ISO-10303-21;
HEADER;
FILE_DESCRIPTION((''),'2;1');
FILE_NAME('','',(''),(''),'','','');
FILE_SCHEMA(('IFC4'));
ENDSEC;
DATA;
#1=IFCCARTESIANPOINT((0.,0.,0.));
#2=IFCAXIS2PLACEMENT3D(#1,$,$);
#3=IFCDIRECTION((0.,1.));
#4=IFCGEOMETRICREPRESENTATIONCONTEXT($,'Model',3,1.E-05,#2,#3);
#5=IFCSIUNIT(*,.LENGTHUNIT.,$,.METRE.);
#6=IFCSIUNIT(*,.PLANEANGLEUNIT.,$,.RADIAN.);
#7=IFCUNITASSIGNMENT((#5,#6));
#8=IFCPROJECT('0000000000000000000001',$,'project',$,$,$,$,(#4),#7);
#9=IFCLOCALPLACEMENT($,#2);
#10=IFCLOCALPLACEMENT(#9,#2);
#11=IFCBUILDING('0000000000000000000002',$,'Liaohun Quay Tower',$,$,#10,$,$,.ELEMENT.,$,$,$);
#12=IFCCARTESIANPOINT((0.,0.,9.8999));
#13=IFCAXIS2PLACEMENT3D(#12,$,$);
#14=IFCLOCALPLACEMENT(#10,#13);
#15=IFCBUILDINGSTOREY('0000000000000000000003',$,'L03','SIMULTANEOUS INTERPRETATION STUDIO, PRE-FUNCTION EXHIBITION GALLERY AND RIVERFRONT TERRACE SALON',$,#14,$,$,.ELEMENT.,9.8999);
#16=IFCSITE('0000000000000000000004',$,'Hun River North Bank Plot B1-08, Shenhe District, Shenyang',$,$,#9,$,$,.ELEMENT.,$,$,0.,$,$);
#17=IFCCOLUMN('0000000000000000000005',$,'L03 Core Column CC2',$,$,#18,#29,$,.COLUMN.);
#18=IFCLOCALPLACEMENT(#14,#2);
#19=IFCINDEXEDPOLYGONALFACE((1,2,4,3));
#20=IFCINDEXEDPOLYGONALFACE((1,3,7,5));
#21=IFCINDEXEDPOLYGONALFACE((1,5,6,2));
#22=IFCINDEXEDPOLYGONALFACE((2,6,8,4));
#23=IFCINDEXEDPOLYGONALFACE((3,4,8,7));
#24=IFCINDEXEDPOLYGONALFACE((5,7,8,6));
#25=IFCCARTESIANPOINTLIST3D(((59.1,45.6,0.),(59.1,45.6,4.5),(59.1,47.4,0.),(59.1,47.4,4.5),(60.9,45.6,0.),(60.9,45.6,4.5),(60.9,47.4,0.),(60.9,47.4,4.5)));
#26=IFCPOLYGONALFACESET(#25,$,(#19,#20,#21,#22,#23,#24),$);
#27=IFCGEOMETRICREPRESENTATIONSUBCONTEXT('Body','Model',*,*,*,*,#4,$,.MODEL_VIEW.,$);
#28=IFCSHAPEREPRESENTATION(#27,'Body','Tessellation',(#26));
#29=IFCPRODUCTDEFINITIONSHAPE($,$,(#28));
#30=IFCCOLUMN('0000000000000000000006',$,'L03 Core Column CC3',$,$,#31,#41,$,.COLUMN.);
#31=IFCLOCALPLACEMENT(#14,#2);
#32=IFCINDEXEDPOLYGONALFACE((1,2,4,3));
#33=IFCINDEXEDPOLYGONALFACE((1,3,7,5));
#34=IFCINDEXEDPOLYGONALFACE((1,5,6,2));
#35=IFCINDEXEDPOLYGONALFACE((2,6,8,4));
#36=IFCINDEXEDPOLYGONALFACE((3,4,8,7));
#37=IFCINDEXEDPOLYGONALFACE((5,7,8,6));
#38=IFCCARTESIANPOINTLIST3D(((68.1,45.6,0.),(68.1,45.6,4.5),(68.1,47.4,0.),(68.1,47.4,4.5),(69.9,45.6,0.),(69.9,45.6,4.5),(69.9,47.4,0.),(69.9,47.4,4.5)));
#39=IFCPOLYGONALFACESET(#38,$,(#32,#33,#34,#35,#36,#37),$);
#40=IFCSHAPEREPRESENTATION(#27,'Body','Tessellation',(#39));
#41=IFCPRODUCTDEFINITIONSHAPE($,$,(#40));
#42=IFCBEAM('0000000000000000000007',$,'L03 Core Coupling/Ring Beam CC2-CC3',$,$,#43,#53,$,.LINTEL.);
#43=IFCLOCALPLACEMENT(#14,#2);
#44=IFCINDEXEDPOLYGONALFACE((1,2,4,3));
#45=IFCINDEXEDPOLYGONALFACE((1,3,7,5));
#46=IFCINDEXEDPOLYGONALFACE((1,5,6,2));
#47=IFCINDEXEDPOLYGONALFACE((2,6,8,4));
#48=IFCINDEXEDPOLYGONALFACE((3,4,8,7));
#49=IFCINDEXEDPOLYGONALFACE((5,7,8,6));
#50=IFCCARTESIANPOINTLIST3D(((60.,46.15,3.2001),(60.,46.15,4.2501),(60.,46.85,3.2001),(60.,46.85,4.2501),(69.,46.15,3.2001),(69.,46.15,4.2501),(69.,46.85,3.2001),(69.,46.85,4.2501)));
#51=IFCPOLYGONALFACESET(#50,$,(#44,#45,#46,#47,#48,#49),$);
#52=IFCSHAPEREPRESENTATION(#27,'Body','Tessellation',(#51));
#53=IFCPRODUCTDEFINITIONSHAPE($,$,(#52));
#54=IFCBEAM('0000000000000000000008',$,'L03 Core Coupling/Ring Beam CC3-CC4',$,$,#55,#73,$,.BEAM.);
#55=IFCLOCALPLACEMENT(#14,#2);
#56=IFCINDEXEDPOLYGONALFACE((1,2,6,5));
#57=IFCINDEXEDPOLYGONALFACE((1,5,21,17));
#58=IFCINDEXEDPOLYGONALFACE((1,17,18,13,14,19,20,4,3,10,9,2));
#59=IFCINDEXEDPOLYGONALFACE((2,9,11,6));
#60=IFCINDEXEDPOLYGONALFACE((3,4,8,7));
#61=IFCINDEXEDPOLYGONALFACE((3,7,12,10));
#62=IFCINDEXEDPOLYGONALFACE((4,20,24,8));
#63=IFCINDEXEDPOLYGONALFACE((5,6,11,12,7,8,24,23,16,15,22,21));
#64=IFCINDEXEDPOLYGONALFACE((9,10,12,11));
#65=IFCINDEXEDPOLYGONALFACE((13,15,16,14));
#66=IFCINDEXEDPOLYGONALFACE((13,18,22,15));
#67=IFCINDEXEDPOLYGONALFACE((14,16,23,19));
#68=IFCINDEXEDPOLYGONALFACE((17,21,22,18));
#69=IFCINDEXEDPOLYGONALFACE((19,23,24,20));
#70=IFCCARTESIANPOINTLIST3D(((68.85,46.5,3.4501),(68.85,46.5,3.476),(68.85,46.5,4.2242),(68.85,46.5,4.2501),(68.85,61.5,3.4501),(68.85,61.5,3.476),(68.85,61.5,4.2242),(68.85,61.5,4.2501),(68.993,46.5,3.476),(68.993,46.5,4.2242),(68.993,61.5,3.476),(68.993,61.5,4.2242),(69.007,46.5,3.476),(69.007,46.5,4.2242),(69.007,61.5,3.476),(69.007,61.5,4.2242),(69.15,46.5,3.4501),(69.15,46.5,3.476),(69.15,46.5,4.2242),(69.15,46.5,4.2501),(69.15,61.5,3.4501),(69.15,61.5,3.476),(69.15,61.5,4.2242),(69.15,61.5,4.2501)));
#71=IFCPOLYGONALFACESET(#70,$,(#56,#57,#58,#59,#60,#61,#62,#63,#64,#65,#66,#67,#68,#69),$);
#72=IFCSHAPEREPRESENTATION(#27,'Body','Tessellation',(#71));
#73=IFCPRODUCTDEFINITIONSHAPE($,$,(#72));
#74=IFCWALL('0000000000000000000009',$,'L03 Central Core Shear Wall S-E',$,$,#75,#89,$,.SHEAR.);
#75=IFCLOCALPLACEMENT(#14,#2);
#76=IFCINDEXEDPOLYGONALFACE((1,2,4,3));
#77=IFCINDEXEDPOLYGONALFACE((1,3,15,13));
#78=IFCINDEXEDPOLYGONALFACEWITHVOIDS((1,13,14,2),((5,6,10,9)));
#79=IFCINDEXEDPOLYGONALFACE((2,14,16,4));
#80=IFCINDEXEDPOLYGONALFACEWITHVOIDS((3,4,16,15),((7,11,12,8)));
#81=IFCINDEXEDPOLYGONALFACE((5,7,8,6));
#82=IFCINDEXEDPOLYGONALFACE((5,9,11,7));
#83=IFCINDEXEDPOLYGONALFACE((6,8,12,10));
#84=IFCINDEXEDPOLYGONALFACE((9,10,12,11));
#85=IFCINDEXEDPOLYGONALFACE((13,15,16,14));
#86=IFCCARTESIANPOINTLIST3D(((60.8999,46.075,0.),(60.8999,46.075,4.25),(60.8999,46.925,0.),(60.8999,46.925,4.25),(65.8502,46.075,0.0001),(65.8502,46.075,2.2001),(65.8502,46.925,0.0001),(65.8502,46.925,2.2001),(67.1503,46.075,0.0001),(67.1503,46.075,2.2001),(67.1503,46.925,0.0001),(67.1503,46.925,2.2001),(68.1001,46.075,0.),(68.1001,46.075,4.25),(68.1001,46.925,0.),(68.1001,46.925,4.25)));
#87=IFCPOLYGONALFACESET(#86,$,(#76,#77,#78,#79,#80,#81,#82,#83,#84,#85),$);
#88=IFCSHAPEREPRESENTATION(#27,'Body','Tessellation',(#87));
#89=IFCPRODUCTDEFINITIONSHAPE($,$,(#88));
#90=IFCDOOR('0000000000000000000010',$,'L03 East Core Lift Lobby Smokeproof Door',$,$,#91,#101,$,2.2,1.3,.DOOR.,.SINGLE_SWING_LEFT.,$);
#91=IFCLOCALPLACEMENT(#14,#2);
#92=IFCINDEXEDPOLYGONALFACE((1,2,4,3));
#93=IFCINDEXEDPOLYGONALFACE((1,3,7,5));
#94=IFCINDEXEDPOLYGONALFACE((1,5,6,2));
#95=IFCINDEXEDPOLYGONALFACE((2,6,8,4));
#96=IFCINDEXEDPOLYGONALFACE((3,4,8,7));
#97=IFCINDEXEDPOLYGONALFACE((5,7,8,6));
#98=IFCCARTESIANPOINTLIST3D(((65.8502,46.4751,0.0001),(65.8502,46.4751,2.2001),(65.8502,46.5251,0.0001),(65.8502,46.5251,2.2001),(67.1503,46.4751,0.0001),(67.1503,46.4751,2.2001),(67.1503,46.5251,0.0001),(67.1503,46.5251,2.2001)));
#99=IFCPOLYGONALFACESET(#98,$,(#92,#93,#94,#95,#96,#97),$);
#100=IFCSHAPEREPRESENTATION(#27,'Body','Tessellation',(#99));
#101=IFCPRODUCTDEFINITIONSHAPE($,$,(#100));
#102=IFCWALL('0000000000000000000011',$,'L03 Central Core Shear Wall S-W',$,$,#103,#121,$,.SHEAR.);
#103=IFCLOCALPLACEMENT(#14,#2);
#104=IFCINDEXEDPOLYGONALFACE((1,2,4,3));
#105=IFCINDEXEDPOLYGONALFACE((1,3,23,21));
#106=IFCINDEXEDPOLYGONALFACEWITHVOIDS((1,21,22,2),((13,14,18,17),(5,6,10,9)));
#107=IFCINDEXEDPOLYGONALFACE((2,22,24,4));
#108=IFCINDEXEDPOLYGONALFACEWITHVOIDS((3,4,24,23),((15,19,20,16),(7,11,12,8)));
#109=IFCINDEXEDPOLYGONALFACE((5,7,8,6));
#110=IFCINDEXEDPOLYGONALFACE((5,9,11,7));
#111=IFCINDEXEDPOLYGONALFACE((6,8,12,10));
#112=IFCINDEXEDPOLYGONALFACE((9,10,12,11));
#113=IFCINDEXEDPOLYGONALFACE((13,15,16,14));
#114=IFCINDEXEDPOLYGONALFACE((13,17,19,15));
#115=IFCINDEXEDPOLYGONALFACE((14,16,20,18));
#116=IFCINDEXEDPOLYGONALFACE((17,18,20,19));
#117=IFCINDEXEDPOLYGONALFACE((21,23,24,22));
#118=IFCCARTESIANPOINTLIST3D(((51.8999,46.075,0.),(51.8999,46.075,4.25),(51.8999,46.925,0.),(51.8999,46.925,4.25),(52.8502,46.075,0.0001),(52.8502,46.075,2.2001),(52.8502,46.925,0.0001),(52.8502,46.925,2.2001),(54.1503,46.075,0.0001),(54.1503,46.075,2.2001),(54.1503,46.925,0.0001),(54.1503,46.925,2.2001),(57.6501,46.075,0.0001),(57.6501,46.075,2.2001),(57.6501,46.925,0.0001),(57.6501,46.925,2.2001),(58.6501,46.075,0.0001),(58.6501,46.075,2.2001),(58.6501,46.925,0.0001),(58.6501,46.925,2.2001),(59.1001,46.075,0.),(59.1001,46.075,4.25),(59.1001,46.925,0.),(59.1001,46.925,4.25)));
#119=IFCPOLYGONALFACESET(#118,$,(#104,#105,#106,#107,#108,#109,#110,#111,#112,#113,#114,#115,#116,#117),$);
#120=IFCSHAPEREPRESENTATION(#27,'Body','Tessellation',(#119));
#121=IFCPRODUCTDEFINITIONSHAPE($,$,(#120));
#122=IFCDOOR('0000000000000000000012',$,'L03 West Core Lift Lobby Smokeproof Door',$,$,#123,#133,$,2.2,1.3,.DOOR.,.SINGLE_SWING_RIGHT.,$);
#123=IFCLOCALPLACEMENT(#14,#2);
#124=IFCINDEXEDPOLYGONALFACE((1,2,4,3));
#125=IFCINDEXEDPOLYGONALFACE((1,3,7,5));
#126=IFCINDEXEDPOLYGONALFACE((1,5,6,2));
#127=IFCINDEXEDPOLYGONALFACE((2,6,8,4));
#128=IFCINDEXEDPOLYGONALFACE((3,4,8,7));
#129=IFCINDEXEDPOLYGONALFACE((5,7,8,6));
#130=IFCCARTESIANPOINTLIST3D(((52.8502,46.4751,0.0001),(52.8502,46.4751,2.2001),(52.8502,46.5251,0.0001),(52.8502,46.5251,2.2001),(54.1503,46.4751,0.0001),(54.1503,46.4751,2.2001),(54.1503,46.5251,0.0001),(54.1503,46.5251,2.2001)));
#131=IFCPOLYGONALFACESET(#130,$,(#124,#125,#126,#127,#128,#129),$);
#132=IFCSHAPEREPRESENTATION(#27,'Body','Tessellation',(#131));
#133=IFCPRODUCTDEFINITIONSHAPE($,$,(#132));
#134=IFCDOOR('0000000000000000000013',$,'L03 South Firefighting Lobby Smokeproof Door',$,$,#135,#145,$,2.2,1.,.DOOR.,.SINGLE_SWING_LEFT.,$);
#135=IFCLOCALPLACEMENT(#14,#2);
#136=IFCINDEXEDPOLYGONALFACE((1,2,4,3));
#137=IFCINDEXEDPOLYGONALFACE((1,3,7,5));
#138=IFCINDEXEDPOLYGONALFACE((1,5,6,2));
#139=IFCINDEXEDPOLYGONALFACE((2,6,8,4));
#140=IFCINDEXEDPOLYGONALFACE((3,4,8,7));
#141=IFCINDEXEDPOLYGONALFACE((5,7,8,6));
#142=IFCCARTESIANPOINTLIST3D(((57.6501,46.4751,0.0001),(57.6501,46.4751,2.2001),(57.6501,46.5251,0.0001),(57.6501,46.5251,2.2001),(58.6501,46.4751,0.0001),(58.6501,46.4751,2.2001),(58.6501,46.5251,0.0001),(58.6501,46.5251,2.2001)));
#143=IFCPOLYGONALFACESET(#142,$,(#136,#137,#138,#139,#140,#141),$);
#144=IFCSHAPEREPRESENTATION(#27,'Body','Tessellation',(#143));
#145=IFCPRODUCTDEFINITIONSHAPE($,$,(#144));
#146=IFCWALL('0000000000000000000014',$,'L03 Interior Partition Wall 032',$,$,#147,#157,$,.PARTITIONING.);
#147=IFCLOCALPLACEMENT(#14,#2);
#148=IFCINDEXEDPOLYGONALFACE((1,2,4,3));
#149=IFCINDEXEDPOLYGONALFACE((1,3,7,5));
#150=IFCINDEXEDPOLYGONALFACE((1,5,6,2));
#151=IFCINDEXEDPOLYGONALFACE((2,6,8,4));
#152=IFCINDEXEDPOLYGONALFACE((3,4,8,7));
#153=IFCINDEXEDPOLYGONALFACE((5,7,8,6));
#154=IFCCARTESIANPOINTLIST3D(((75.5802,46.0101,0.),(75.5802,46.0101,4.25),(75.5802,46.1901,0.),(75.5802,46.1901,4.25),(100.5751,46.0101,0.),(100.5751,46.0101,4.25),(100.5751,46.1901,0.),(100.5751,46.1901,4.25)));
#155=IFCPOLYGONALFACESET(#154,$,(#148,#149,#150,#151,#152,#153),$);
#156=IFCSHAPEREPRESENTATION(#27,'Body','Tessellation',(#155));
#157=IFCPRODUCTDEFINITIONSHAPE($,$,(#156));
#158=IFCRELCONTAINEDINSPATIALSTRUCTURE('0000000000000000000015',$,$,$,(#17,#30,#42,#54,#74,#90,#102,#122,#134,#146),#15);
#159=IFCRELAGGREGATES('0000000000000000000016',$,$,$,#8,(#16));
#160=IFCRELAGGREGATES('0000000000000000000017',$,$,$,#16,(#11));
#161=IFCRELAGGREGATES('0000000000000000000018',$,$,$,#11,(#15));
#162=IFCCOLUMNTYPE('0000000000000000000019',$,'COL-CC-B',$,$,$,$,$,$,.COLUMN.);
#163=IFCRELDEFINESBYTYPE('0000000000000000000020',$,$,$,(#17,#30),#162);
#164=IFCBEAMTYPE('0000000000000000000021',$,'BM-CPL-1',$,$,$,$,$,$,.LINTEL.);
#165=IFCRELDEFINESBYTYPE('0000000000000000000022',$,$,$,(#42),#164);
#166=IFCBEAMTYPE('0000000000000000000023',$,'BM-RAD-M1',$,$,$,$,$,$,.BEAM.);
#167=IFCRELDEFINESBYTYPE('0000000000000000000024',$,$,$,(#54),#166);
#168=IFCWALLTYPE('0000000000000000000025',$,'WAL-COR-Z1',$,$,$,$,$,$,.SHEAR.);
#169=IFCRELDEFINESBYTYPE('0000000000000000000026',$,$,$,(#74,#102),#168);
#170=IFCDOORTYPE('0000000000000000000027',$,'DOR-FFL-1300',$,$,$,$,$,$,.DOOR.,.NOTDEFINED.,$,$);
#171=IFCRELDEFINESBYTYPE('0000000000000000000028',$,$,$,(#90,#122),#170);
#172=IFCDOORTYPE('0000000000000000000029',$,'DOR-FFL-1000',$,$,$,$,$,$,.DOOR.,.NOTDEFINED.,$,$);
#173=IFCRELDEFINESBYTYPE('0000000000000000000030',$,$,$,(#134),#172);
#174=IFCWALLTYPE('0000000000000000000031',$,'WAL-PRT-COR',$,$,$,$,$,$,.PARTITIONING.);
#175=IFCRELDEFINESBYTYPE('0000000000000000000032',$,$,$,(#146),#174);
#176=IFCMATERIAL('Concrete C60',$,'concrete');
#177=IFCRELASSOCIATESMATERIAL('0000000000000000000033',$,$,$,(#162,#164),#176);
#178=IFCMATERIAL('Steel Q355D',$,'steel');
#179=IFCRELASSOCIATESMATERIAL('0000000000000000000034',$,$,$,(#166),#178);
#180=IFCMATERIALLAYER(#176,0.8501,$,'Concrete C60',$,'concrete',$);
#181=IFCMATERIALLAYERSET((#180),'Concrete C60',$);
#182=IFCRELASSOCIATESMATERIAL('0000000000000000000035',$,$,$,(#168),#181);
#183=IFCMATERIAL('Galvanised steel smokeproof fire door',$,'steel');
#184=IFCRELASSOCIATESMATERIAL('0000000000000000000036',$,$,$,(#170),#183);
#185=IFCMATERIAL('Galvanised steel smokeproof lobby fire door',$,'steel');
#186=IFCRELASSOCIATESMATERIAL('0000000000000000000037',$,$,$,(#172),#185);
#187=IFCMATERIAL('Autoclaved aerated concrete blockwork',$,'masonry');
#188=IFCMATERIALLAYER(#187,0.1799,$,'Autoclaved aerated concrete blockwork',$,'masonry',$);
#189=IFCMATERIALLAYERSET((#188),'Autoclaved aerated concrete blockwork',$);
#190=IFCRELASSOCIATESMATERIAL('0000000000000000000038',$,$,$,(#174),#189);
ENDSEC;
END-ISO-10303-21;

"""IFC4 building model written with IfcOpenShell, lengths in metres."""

from ifc_helpers import new_model, si_unit, direction, frame, frame_2d, origin, origin_2d, place, context, subcontext, project, spatial, rectangle, i_section, extrude, source, transform, mapped, material, layer, layer_set, material_profile, profile_set, type_object, element, fill, save


model = new_model("IFC4")

# Units and contexts
model_context = context("Model", 3, precision=1e-05, world=origin(), true_north=direction((0.0, 1.0)))
body_context = subcontext(model_context, "Body", "Model", "MODEL_VIEW")
ifc_project = project(units=[si_unit("LENGTHUNIT", "METRE"), si_unit("PLANEANGLEUNIT", "RADIAN")], contexts=[model_context])

# Site, building, storey
site_placement = place(None, origin())
site = spatial("IfcSite", under=ifc_project, at=site_placement, Name="Hun River North Bank Plot B1-08, Shenhe District, Shenyang", CompositionType="ELEMENT", RefElevation=0.0)
building_placement = place(site_placement, origin())
building = spatial("IfcBuilding", under=site, at=building_placement, Name="Liaohun Quay Tower", CompositionType="ELEMENT")
storey_placement = place(building_placement, frame((0.0, 0.0, 9.8999)))
storey = spatial("IfcBuildingStorey", under=building, at=storey_placement, Name="L03", Description="SIMULTANEOUS INTERPRETATION STUDIO, PRE-FUNCTION EXHIBITION GALLERY AND RIVERFRONT TERRACE SALON", CompositionType="ELEMENT", Elevation=9.8999)

# Columns
ifc_material_1 = material(Name="Concrete C60", Category="concrete")
ifc_material_profile_1 = material_profile(ifc_material_1, rectangle(XDim=1.8, YDim=1.8, at=origin_2d()), Name="RC1800x1800")
ifc_profile_set_1 = profile_set([ifc_material_profile_1], Name="Concrete C60")
column_type = type_object("IfcColumnType", Name="COL-CC-B", PredefinedType="COLUMN", material=ifc_profile_set_1)
shared_shape_1 = source(origin(), body_context, "Body", "SweptSolid", [
    extrude(rectangle(XDim=1.8, YDim=1.8, at=origin_2d()), origin(), (0.0, 0.0, 1.0), 4.5),
])
for number, where, z_axis, x_axis, name in (
    (1, (60.0, 46.5, 0.0), (0.0, 0.0, 1.0), (1.0, 0.0, 0.0), "L03 Core Column CC2"),
    (2, (69.0, 46.5, 0.0), (0.0, 0.0, 1.0), (1.0, 0.0, 0.0), "L03 Core Column CC3"),
):
    element("IfcColumn", number, at=place(storey_placement, frame(where, z_axis=z_axis, x_axis=x_axis)), inside=storey, type_object=column_type, Name=name, PredefinedType="COLUMN", context=body_context, shape_type="MappedRepresentation", body=[
        mapped(shared_shape_1, transform((0.0, 0.0, 0.0), x_axis=(1.0, 0.0, 0.0), y_axis=(0.0, 1.0, 0.0), z_axis=(0.0, 0.0, 1.0), scale=1.0)),
    ])

# Beams
ifc_material_profile_2 = material_profile(ifc_material_1, rectangle(XDim=0.7, YDim=1.05, at=origin_2d()), Name="RC700x1050")
ifc_profile_set_2 = profile_set([ifc_material_profile_2], Name="Concrete C60")
beam_type_1 = type_object("IfcBeamType", Name="BM-CPL-1", PredefinedType="LINTEL", material=ifc_profile_set_2)
shared_shape_2 = source(origin(), body_context, "Body", "SweptSolid", [
    extrude(rectangle(XDim=0.7, YDim=1.05, at=origin_2d()), origin(), (0.0, 0.0, 1.0), 9.0),
])
beam_1_placement = place(storey_placement, frame((60.0, 46.5, 3.7251), z_axis=(1.0, 0.0, 0.0), x_axis=(0.0, 1.0, 0.0)))
element("IfcBeam", 3, at=beam_1_placement, inside=storey, type_object=beam_type_1, Name="L03 Core Coupling/Ring Beam CC2-CC3", PredefinedType="LINTEL", context=body_context, shape_type="MappedRepresentation", body=[
    mapped(shared_shape_2, transform((0.0, 0.0, 0.0), x_axis=(1.0, 0.0, 0.0), y_axis=(0.0, 1.0, 0.0), z_axis=(0.0, 0.0, 1.0), scale=1.0)),
])
ifc_material_2 = material(Name="Steel Q355D", Category="steel")
ifc_material_profile_3 = material_profile(ifc_material_2, i_section(OverallWidth=0.3, OverallDepth=0.8, WebThickness=0.0139, FlangeThickness=0.0259, at=origin_2d()), Name="HN800x300x14x26")
ifc_profile_set_3 = profile_set([ifc_material_profile_3], Name="Steel Q355D")
beam_type_2 = type_object("IfcBeamType", Name="BM-RAD-M1", PredefinedType="BEAM", material=ifc_profile_set_3)
shared_shape_3 = source(origin(), body_context, "Body", "SweptSolid", [
    extrude(i_section(OverallWidth=0.3, OverallDepth=0.8, WebThickness=0.0139, FlangeThickness=0.0259, at=origin_2d()), origin(), (0.0, 0.0, 1.0), 15.0),
])
beam_2_placement = place(storey_placement, frame((69.0, 46.5, 3.8501), z_axis=(0.0, 1.0, 0.0), x_axis=(-1.0, 0.0, 0.0)))
element("IfcBeam", 4, at=beam_2_placement, inside=storey, type_object=beam_type_2, Name="L03 Core Coupling/Ring Beam CC3-CC4", PredefinedType="BEAM", context=body_context, shape_type="MappedRepresentation", body=[
    mapped(shared_shape_3, transform((0.0, 0.0, 0.0), x_axis=(1.0, 0.0, 0.0), y_axis=(0.0, 1.0, 0.0), z_axis=(0.0, 0.0, 1.0), scale=1.0)),
])

# Wall, opening, door
ifc_layer_1 = layer(ifc_material_1, 0.8501, Name="Concrete C60", Category="concrete")
ifc_layer_set_1 = layer_set([ifc_layer_1], Name="Concrete C60")
wall_type_1 = type_object("IfcWallType", Name="WAL-COR-Z1", PredefinedType="SHEAR", material=ifc_layer_set_1)
wall_1_placement = place(storey_placement, frame((68.1001, 46.5, 0.0), z_axis=(0.0, 0.0, 1.0), x_axis=(-1.0, 0.0, 0.0)))
wall_1 = element("IfcWall", 5, at=wall_1_placement, inside=storey, type_object=wall_type_1, Name="L03 Central Core Shear Wall S-E", PredefinedType="SHEAR", context=body_context, shape_type="SweptSolid", body=[
    extrude(rectangle(XDim=7.2002, YDim=0.8501, at=frame_2d((3.6001, 0.0))), origin(), (0.0, 0.0, 1.0), 4.25),
])
shared_shape_4 = source(origin(), body_context, "Body", "SweptSolid", [
    extrude(rectangle(XDim=1.3, YDim=2.2, at=frame_2d((0.6499, 1.1001))), frame((0.0, 0.4351, 0.0), z_axis=(0.0, -1.0, 0.0), x_axis=(1.0, 0.0, 0.0)), (0.0, 0.0, 1.0), 0.8701),
])
opening_1_placement = place(wall_1_placement, frame((0.95, 0.0, 0.0)))
opening_1 = element("IfcOpeningElement", 6, at=opening_1_placement, cuts=wall_1, PredefinedType="OPENING", context=body_context, shape_type="MappedRepresentation", body=[
    mapped(shared_shape_4, transform((0.0, 0.0, 0.0), x_axis=(1.0, 0.0, 0.0), y_axis=(0.0, 1.0, 0.0), z_axis=(0.0, 0.0, 1.0), scale=1.0)),
])
ifc_material_3 = material(Name="Galvanised steel smokeproof fire door", Category="steel")
door_type_1 = type_object("IfcDoorType", Name="DOR-FFL-1300", OperationType="NOTDEFINED", PredefinedType="DOOR", material=ifc_material_3)
shared_shape_5 = source(origin(), body_context, "Body", "SweptSolid", [
    extrude(rectangle(XDim=1.3, YDim=2.2, at=frame_2d((0.6499, 1.1001))), frame((0.0, 0.0249, 0.0), z_axis=(0.0, -1.0, 0.0), x_axis=(1.0, 0.0, 0.0)), (0.0, 0.0, 1.0), 0.05),
])
door_1_placement = place(opening_1_placement, origin())
door_1 = element("IfcDoor", 7, at=door_1_placement, inside=storey, type_object=door_type_1, Name="L03 East Core Lift Lobby Smokeproof Door", OperationType="SINGLE_SWING_LEFT", OverallHeight=2.2, OverallWidth=1.3, PredefinedType="DOOR", context=body_context, shape_type="MappedRepresentation", body=[
    mapped(shared_shape_5, transform((0.0, 0.0, 0.0), x_axis=(1.0, 0.0, 0.0), y_axis=(0.0, 1.0, 0.0), z_axis=(0.0, 0.0, 1.0), scale=1.0)),
])
fill(opening_1, door_1)

# Wall, openings, doors
wall_2_placement = place(storey_placement, frame((59.1001, 46.5, 0.0), z_axis=(0.0, 0.0, 1.0), x_axis=(-1.0, 0.0, 0.0)))
wall_2 = element("IfcWall", 8, at=wall_2_placement, inside=storey, type_object=wall_type_1, Name="L03 Central Core Shear Wall S-W", PredefinedType="SHEAR", context=body_context, shape_type="SweptSolid", body=[
    extrude(rectangle(XDim=7.2002, YDim=0.8501, at=frame_2d((3.6001, 0.0))), origin(), (0.0, 0.0, 1.0), 4.25),
])
opening_2_placement = place(wall_2_placement, frame((4.95, 0.0, 0.0)))
opening_2 = element("IfcOpeningElement", 9, at=opening_2_placement, cuts=wall_2, PredefinedType="OPENING", context=body_context, shape_type="MappedRepresentation", body=[
    mapped(shared_shape_4, transform((0.0, 0.0, 0.0), x_axis=(1.0, 0.0, 0.0), y_axis=(0.0, 1.0, 0.0), z_axis=(0.0, 0.0, 1.0), scale=1.0)),
])
shared_shape_6 = source(origin(), body_context, "Body", "SweptSolid", [
    extrude(rectangle(XDim=1.0, YDim=2.2, at=frame_2d((0.5, 1.1001))), frame((0.0, 0.4351, 0.0), z_axis=(0.0, -1.0, 0.0), x_axis=(1.0, 0.0, 0.0)), (0.0, 0.0, 1.0), 0.8701),
])
opening_3_placement = place(wall_2_placement, frame((0.45, 0.0, 0.0)))
opening_3 = element("IfcOpeningElement", 10, at=opening_3_placement, cuts=wall_2, PredefinedType="OPENING", context=body_context, shape_type="MappedRepresentation", body=[
    mapped(shared_shape_6, transform((0.0, 0.0, 0.0), x_axis=(1.0, 0.0, 0.0), y_axis=(0.0, 1.0, 0.0), z_axis=(0.0, 0.0, 1.0), scale=1.0)),
])
door_2_placement = place(opening_2_placement, origin())
door_2 = element("IfcDoor", 11, at=door_2_placement, inside=storey, type_object=door_type_1, Name="L03 West Core Lift Lobby Smokeproof Door", OperationType="SINGLE_SWING_RIGHT", OverallHeight=2.2, OverallWidth=1.3, PredefinedType="DOOR", context=body_context, shape_type="MappedRepresentation", body=[
    mapped(shared_shape_5, transform((0.0, 0.0, 0.0), x_axis=(1.0, 0.0, 0.0), y_axis=(0.0, 1.0, 0.0), z_axis=(0.0, 0.0, 1.0), scale=1.0)),
])
fill(opening_2, door_2)
ifc_material_4 = material(Name="Galvanised steel smokeproof lobby fire door", Category="steel")
door_type_2 = type_object("IfcDoorType", Name="DOR-FFL-1000", OperationType="NOTDEFINED", PredefinedType="DOOR", material=ifc_material_4)
shared_shape_7 = source(origin(), body_context, "Body", "SweptSolid", [
    extrude(rectangle(XDim=1.0, YDim=2.2, at=frame_2d((0.5, 1.1001))), frame((0.0, 0.0249, 0.0), z_axis=(0.0, -1.0, 0.0), x_axis=(1.0, 0.0, 0.0)), (0.0, 0.0, 1.0), 0.05),
])
door_3_placement = place(opening_3_placement, origin())
door_3 = element("IfcDoor", 12, at=door_3_placement, inside=storey, type_object=door_type_2, Name="L03 South Firefighting Lobby Smokeproof Door", OperationType="SINGLE_SWING_LEFT", OverallHeight=2.2, OverallWidth=1.0, PredefinedType="DOOR", context=body_context, shape_type="MappedRepresentation", body=[
    mapped(shared_shape_7, transform((0.0, 0.0, 0.0), x_axis=(1.0, 0.0, 0.0), y_axis=(0.0, 1.0, 0.0), z_axis=(0.0, 0.0, 1.0), scale=1.0)),
])
fill(opening_3, door_3)

# Wall
ifc_material_5 = material(Name="Autoclaved aerated concrete blockwork", Category="masonry")
ifc_layer_2 = layer(ifc_material_5, 0.1799, Name="Autoclaved aerated concrete blockwork", Category="masonry")
ifc_layer_set_2 = layer_set([ifc_layer_2], Name="Autoclaved aerated concrete blockwork")
wall_type_2 = type_object("IfcWallType", Name="WAL-PRT-COR", PredefinedType="PARTITIONING", material=ifc_layer_set_2)
wall_3_placement = place(storey_placement, frame((75.5801, 46.1001, 0.0), z_axis=(0.0, 0.0, 1.0), x_axis=(1.0, 0.0, 0.0)))
element("IfcWall", 13, at=wall_3_placement, inside=storey, type_object=wall_type_2, Name="L03 Interior Partition Wall 032", PredefinedType="PARTITIONING", context=body_context, shape_type="SweptSolid", body=[
    extrude(rectangle(XDim=24.9949, YDim=0.1799, at=frame_2d((12.4976, 0.0))), origin(), (0.0, 0.0, 1.0), 4.25),
])

save(model, "model.ifc")
